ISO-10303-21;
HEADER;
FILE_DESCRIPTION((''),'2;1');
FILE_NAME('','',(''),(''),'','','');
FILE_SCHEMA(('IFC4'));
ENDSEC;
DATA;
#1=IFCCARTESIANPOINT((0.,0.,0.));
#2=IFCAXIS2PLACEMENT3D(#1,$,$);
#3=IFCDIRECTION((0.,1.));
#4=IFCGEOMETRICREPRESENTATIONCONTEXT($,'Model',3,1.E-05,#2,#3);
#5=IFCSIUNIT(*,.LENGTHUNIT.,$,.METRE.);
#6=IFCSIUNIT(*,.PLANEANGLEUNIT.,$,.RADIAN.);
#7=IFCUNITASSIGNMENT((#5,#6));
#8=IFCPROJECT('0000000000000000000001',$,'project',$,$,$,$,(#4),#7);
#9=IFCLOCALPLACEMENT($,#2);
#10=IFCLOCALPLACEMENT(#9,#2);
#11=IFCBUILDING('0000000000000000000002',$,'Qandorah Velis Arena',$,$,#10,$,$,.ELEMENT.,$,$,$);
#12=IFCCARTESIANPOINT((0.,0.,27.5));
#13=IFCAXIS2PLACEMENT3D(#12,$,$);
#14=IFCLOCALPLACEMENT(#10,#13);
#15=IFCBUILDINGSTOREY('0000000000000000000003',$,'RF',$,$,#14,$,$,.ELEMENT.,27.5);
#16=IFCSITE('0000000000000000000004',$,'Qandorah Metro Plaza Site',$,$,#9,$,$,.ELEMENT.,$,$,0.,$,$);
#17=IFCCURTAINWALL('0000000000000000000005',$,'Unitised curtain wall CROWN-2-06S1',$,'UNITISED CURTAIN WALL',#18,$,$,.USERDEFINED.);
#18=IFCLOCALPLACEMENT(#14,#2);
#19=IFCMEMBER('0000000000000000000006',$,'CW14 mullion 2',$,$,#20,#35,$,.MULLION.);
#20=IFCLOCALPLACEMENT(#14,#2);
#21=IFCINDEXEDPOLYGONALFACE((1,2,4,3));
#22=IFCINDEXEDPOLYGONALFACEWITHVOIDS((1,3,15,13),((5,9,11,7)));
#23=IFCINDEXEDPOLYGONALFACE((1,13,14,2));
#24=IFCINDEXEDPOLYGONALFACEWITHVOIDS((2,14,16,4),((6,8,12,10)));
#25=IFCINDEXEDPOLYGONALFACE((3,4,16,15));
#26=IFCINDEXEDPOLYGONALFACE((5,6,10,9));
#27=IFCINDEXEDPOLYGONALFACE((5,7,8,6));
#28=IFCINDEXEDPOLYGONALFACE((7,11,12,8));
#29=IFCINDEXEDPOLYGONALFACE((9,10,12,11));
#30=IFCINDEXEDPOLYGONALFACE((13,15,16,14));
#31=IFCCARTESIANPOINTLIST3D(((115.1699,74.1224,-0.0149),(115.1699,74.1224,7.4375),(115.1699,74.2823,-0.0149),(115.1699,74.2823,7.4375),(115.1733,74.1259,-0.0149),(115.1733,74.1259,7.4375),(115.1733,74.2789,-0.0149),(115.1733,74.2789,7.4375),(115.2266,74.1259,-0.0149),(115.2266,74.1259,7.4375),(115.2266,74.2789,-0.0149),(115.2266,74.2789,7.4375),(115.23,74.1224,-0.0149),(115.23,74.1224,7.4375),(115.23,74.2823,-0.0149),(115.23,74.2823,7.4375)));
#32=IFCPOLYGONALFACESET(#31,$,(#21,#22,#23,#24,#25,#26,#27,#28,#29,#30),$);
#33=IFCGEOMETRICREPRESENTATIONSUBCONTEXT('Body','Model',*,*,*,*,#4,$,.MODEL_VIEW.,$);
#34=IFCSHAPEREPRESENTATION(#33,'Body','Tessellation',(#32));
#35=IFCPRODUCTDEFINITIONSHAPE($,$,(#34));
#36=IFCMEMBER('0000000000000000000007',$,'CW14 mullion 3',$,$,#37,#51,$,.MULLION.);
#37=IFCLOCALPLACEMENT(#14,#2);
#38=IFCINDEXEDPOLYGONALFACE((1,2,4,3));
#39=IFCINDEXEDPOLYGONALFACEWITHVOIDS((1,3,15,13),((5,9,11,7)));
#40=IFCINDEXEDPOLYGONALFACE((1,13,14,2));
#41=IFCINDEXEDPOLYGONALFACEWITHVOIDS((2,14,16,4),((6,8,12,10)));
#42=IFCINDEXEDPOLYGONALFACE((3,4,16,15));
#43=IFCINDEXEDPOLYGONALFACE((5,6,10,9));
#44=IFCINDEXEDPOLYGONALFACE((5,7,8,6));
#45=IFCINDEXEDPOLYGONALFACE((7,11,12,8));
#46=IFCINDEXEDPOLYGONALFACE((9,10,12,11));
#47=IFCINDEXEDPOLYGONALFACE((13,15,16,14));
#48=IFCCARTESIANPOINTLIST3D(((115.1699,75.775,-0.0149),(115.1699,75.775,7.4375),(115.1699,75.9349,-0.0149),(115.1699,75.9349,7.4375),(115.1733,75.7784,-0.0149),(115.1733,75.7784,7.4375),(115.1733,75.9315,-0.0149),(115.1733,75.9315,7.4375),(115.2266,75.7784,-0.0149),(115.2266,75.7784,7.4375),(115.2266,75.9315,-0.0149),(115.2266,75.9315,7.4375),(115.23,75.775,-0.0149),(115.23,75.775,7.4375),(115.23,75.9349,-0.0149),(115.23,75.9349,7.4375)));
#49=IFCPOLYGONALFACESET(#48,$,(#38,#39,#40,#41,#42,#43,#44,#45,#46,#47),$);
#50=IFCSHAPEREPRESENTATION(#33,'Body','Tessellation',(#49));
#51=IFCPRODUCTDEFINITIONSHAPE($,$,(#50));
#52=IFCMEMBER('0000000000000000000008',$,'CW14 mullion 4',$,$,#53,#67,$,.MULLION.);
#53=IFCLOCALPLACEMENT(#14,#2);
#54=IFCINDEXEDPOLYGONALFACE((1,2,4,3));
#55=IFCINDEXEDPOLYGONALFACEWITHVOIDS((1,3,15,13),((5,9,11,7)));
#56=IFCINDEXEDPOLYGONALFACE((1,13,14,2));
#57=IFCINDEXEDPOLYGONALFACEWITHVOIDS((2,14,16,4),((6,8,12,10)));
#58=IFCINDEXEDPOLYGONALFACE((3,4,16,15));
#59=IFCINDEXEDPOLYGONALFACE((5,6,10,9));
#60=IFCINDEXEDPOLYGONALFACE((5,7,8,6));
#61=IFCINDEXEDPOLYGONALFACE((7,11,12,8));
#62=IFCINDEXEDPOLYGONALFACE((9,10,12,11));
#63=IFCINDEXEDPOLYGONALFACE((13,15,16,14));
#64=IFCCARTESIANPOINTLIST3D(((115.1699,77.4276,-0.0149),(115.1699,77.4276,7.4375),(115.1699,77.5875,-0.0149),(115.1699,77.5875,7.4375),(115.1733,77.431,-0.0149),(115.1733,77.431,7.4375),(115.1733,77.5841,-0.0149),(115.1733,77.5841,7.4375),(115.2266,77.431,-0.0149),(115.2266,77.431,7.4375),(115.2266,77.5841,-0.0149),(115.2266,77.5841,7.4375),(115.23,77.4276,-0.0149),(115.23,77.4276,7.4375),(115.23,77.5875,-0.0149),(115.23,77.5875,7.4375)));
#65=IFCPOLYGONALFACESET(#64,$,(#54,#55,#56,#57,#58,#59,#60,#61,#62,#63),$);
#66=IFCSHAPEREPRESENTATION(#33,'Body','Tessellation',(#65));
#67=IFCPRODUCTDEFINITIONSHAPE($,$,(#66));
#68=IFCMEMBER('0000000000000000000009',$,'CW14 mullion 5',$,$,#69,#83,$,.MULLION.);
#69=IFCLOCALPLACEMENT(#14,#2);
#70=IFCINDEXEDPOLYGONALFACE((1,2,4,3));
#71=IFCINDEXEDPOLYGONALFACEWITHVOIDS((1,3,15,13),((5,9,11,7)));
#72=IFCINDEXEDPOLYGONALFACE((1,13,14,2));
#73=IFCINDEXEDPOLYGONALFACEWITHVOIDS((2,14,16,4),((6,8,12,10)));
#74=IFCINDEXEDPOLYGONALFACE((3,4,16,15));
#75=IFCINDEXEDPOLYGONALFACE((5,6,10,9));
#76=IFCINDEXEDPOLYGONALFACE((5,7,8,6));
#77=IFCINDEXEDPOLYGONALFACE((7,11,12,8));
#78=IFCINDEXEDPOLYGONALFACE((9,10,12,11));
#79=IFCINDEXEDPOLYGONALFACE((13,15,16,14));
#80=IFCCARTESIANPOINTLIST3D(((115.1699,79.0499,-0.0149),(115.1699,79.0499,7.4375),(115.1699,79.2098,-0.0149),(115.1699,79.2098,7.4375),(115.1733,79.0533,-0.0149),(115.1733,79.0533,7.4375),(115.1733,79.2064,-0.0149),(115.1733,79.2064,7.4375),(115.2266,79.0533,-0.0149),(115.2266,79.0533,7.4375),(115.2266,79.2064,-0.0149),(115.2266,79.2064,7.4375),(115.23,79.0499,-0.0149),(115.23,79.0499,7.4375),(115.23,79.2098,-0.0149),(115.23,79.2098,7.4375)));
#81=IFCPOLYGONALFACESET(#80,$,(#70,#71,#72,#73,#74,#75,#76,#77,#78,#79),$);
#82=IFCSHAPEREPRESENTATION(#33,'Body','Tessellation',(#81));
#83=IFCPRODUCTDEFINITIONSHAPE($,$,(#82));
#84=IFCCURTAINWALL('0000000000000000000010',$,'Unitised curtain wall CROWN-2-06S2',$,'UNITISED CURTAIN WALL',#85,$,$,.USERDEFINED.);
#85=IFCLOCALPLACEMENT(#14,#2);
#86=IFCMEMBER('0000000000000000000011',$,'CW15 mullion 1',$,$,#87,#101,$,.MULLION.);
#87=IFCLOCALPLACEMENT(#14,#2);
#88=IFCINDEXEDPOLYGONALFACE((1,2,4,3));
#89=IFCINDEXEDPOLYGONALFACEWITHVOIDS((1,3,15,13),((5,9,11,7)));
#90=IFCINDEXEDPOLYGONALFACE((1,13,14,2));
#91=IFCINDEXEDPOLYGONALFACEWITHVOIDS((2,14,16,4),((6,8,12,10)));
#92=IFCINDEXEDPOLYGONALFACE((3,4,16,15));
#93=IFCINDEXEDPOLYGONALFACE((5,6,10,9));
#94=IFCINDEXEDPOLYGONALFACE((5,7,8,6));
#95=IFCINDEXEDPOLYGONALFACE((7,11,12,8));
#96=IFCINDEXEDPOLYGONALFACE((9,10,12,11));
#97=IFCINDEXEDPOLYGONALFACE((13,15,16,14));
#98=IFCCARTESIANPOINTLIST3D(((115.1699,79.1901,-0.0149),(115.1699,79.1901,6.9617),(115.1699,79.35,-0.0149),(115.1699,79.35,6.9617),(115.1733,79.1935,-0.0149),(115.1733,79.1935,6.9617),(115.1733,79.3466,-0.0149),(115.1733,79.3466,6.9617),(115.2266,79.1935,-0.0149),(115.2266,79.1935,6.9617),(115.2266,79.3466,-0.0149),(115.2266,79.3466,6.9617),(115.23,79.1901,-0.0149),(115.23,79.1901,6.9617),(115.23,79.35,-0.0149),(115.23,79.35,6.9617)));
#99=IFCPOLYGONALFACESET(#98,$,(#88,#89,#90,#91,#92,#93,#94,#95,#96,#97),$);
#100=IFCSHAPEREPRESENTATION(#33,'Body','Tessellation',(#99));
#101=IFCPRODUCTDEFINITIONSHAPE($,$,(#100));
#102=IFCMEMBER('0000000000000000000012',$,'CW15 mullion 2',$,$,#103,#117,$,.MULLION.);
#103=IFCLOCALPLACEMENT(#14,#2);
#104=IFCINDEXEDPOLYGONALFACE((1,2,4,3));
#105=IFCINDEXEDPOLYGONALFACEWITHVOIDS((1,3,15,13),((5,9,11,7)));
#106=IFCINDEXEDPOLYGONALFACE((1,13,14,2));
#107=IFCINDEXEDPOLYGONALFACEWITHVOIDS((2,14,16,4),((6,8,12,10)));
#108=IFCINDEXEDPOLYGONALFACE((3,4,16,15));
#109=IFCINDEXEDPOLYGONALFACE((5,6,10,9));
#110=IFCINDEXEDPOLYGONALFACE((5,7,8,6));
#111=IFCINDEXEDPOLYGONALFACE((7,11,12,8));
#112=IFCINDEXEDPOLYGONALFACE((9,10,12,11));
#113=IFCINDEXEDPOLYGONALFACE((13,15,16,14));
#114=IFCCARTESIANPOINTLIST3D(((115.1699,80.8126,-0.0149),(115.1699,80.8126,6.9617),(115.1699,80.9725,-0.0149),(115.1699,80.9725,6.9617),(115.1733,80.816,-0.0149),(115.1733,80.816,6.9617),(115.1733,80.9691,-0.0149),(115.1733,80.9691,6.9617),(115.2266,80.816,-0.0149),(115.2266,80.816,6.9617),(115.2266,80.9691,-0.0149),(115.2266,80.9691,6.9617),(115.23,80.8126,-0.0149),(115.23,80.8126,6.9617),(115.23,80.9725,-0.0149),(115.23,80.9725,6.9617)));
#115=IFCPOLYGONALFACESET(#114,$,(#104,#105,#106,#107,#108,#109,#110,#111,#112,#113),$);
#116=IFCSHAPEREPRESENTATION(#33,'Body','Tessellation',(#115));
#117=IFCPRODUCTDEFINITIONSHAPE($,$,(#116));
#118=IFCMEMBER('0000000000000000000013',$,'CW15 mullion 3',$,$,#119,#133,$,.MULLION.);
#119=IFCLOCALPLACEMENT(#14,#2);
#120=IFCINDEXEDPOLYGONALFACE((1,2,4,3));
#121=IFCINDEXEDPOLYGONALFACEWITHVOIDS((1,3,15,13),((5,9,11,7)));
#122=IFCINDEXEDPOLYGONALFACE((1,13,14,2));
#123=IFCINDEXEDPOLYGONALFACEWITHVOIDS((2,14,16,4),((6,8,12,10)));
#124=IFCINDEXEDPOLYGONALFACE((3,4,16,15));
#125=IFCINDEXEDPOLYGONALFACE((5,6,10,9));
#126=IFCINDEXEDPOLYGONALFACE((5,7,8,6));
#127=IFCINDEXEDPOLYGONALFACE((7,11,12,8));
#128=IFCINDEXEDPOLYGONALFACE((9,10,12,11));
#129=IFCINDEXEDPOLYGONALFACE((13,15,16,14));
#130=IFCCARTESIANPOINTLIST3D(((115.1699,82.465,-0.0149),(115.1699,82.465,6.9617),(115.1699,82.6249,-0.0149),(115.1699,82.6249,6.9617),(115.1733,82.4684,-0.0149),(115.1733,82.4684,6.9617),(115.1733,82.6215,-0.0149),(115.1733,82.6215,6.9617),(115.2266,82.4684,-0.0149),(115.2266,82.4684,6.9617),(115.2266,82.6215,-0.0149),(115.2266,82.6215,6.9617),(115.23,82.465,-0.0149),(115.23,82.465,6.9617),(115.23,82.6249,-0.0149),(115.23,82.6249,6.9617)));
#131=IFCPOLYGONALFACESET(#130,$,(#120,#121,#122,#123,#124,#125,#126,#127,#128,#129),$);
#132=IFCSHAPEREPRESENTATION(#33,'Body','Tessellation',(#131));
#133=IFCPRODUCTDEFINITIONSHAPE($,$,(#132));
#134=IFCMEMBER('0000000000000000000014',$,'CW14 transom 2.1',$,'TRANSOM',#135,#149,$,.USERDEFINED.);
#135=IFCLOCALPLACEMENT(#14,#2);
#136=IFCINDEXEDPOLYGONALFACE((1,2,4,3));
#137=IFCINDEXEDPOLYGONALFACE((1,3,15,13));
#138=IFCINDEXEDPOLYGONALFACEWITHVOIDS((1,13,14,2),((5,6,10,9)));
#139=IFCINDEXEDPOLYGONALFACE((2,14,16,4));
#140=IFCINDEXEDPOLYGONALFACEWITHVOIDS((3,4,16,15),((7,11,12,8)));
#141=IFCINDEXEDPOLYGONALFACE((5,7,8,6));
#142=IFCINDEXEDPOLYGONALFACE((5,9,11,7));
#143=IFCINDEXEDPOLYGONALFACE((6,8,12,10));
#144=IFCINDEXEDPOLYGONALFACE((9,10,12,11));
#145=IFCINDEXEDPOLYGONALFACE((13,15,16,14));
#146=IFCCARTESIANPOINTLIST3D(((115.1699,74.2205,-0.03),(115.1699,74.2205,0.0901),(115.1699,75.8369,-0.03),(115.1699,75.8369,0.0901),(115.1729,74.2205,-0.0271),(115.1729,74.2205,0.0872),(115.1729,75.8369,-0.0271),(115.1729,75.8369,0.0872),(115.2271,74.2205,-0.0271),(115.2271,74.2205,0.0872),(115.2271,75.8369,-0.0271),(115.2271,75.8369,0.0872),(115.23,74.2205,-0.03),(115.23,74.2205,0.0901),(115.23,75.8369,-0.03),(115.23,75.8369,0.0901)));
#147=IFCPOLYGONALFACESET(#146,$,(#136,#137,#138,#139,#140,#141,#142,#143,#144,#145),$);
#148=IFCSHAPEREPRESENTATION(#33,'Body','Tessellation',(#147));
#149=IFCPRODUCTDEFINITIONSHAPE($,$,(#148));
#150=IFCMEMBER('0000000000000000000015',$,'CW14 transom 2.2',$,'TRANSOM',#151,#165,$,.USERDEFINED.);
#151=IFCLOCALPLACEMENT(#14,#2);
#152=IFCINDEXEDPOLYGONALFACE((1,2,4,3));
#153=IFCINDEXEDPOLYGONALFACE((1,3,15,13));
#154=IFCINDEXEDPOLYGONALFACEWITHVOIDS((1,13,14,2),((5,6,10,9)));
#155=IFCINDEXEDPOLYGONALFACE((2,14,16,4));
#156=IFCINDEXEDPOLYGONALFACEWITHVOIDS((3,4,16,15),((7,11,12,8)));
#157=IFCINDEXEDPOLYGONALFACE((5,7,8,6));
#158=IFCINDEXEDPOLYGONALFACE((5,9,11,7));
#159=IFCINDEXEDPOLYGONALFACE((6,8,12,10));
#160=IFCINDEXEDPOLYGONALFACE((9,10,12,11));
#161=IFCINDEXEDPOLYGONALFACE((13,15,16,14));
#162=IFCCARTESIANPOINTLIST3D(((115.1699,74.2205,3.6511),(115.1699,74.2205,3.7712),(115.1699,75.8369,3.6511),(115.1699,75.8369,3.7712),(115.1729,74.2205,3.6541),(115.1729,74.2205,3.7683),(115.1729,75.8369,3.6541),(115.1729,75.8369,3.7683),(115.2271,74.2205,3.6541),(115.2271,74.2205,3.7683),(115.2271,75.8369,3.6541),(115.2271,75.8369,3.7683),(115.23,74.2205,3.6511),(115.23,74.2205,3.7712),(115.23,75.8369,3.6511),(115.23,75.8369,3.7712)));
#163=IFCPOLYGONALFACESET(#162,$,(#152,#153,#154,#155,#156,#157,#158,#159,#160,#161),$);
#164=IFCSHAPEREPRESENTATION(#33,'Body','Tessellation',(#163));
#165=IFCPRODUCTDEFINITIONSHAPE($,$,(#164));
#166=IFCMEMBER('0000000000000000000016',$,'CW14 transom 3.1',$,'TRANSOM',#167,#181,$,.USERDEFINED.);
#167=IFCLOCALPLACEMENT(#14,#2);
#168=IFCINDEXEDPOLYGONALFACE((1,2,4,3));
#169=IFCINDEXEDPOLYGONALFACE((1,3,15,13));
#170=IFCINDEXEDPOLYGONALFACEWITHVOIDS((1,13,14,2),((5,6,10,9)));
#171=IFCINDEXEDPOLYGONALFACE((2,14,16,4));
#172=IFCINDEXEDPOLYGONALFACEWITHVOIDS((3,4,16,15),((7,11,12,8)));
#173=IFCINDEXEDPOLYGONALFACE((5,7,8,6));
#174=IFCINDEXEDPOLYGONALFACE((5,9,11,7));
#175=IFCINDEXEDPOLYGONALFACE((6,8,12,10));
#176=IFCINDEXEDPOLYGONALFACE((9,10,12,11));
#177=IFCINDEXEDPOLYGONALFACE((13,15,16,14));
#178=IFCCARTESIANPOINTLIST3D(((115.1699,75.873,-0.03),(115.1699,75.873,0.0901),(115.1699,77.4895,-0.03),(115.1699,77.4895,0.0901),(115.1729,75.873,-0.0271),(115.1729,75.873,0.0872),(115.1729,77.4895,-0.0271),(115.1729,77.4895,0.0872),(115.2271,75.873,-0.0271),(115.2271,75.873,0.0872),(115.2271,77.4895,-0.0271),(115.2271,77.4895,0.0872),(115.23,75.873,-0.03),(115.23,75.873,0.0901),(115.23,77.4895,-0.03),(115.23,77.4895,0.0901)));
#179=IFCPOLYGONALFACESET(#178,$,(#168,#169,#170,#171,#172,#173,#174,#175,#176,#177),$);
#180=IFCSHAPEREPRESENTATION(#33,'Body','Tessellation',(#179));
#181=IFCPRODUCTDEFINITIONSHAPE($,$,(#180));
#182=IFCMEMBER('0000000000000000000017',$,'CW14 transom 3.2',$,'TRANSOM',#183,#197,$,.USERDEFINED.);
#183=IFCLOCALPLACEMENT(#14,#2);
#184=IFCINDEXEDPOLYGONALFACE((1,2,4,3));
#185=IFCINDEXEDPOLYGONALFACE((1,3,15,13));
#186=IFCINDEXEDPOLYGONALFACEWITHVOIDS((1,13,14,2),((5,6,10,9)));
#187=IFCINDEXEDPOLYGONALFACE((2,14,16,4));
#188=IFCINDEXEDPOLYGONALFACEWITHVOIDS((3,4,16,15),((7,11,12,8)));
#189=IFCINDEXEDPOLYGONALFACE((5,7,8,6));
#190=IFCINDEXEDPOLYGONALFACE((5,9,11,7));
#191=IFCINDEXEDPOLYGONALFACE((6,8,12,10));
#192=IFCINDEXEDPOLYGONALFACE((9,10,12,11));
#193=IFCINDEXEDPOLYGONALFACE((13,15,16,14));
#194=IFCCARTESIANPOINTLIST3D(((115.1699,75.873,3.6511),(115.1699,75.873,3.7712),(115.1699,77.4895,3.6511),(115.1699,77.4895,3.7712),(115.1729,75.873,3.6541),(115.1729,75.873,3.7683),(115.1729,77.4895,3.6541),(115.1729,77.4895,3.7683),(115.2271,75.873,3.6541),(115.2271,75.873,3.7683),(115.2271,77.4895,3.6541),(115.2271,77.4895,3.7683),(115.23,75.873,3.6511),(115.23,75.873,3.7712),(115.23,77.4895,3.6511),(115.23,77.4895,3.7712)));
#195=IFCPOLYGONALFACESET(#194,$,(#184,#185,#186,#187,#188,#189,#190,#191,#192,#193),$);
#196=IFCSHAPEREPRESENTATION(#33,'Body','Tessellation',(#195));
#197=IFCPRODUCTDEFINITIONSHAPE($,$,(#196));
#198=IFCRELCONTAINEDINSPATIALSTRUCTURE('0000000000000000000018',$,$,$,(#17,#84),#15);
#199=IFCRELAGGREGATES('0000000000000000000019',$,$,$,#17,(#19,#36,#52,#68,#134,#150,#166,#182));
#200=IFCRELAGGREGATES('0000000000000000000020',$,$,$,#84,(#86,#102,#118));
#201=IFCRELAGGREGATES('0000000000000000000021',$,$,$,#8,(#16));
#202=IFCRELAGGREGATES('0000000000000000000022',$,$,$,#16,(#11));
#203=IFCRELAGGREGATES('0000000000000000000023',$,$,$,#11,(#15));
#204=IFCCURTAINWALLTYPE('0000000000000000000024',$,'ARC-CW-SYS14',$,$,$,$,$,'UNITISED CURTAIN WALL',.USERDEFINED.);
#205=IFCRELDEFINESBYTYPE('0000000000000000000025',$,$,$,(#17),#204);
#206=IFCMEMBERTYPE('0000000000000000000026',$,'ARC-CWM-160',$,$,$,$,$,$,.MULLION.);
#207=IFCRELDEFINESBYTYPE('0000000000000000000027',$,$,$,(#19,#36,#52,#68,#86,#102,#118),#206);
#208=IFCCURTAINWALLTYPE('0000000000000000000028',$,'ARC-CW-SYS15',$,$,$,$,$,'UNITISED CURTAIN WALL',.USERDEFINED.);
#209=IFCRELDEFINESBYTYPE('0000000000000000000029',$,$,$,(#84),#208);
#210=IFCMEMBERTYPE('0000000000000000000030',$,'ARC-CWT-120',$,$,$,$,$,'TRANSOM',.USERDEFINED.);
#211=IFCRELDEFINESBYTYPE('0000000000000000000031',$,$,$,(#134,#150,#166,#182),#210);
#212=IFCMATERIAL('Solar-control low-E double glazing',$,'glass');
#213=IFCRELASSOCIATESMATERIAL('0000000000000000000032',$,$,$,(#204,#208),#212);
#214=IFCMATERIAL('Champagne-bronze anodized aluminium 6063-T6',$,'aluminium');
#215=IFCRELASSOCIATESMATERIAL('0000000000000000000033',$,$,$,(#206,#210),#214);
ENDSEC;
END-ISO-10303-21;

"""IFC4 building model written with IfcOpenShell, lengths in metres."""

from ifc_helpers import new_model, si_unit, direction, frame, origin, origin_2d, place, context, subcontext, project, spatial, hollow_rectangle, extrude, material, material_profile, profile_set, type_object, element, aggregate, save


model = new_model("IFC4")

# Units and contexts
model_context = context("Model", 3, precision=1e-05, world=origin(), true_north=direction((0.0, 1.0)))
body_context = subcontext(model_context, "Body", "Model", "MODEL_VIEW")
ifc_project = project(units=[si_unit("LENGTHUNIT", "METRE"), si_unit("PLANEANGLEUNIT", "RADIAN")], contexts=[model_context])

# Site, building, storey
site_placement = place(None, origin())
site = spatial("IfcSite", under=ifc_project, at=site_placement, Name="Qandorah Metro Plaza Site", CompositionType="ELEMENT", RefElevation=0.0)
building_placement = place(site_placement, origin())
building = spatial("IfcBuilding", under=site, at=building_placement, Name="Qandorah Velis Arena", CompositionType="ELEMENT")
storey_placement = place(building_placement, frame((0.0, 0.0, 27.5)))
storey = spatial("IfcBuildingStorey", under=building, at=storey_placement, Name="RF", CompositionType="ELEMENT", Elevation=27.5)

# Curtain walls, members
ifc_material_1 = material(Name="Solar-control low-E double glazing", Category="glass")
curtain_wall_type_1 = type_object("IfcCurtainWallType", Name="ARC-CW-SYS14", ElementType="UNITISED CURTAIN WALL", PredefinedType="USERDEFINED", material=ifc_material_1)
curtain_wall_1_placement = place(storey_placement, origin())
curtain_wall_1 = element("IfcCurtainWall", 1, at=curtain_wall_1_placement, inside=storey, type_object=curtain_wall_type_1, Name="Unitised curtain wall CROWN-2-06S1", ObjectType="UNITISED CURTAIN WALL", PredefinedType="USERDEFINED")
ifc_material_2 = material(Name="Champagne-bronze anodized aluminium 6063-T6", Category="aluminium")
ifc_material_profile_1 = material_profile(ifc_material_2, hollow_rectangle(XDim=0.0601, YDim=0.1599, WallThickness=0.0034, at=origin_2d()), Name="ALU MULLION 60x160")
ifc_profile_set_1 = profile_set([ifc_material_profile_1], Name="Champagne-bronze anodized aluminium 6063-T6")
member_type_1 = type_object("IfcMemberType", Name="ARC-CWM-160", PredefinedType="MULLION", material=ifc_profile_set_1)
member_1_placement = place(storey_placement, frame((115.2, 74.2024, -0.0149), z_axis=(0.0, 0.0, 1.0), x_axis=(-1.0, 0.0, 0.0)))
member_1 = element("IfcMember", 2, at=member_1_placement, type_object=member_type_1, Name="CW14 mullion 2", PredefinedType="MULLION", context=body_context, shape_type="SweptSolid", body=[
    extrude(hollow_rectangle(XDim=0.0601, YDim=0.1599, WallThickness=0.0034, at=origin_2d()), origin(), (0.0, 0.0, 1.0), 7.4524),
])
member_2_placement = place(storey_placement, frame((115.2, 75.855, -0.0149), z_axis=(0.0, 0.0, 1.0), x_axis=(-1.0, 0.0, 0.0)))
member_2 = element("IfcMember", 3, at=member_2_placement, type_object=member_type_1, Name="CW14 mullion 3", PredefinedType="MULLION", context=body_context, shape_type="SweptSolid", body=[
    extrude(hollow_rectangle(XDim=0.0601, YDim=0.1599, WallThickness=0.0034, at=origin_2d()), origin(), (0.0, 0.0, 1.0), 7.4524),
])
member_3_placement = place(storey_placement, frame((115.2, 77.5076, -0.0149), z_axis=(0.0, 0.0, 1.0), x_axis=(-1.0, 0.0, 0.0)))
member_3 = element("IfcMember", 4, at=member_3_placement, type_object=member_type_1, Name="CW14 mullion 4", PredefinedType="MULLION", context=body_context, shape_type="SweptSolid", body=[
    extrude(hollow_rectangle(XDim=0.0601, YDim=0.1599, WallThickness=0.0034, at=origin_2d()), origin(), (0.0, 0.0, 1.0), 7.4524),
])
member_4_placement = place(storey_placement, frame((115.2, 79.1299, -0.0149), z_axis=(0.0, 0.0, 1.0), x_axis=(-1.0, 0.0, 0.0)))
member_4 = element("IfcMember", 5, at=member_4_placement, type_object=member_type_1, Name="CW14 mullion 5", PredefinedType="MULLION", context=body_context, shape_type="SweptSolid", body=[
    extrude(hollow_rectangle(XDim=0.0601, YDim=0.1599, WallThickness=0.0034, at=origin_2d()), origin(), (0.0, 0.0, 1.0), 7.4524),
])
curtain_wall_type_2 = type_object("IfcCurtainWallType", Name="ARC-CW-SYS15", ElementType="UNITISED CURTAIN WALL", PredefinedType="USERDEFINED", material=ifc_material_1)
curtain_wall_2_placement = place(storey_placement, origin())
curtain_wall_2 = element("IfcCurtainWall", 6, at=curtain_wall_2_placement, inside=storey, type_object=curtain_wall_type_2, Name="Unitised curtain wall CROWN-2-06S2", ObjectType="UNITISED CURTAIN WALL", PredefinedType="USERDEFINED")
member_5_placement = place(storey_placement, frame((115.2, 79.27, -0.0149), z_axis=(0.0, 0.0, 1.0), x_axis=(-1.0, 0.0, 0.0)))
member_5 = element("IfcMember", 7, at=member_5_placement, type_object=member_type_1, Name="CW15 mullion 1", PredefinedType="MULLION", context=body_context, shape_type="SweptSolid", body=[
    extrude(hollow_rectangle(XDim=0.0601, YDim=0.1599, WallThickness=0.0034, at=origin_2d()), origin(), (0.0, 0.0, 1.0), 6.9766),
])
member_6_placement = place(storey_placement, frame((115.2, 80.8926, -0.0149), z_axis=(0.0, 0.0, 1.0), x_axis=(-1.0, 0.0, 0.0)))
member_6 = element("IfcMember", 8, at=member_6_placement, type_object=member_type_1, Name="CW15 mullion 2", PredefinedType="MULLION", context=body_context, shape_type="SweptSolid", body=[
    extrude(hollow_rectangle(XDim=0.0601, YDim=0.1599, WallThickness=0.0034, at=origin_2d()), origin(), (0.0, 0.0, 1.0), 6.9766),
])
member_7_placement = place(storey_placement, frame((115.2, 82.5449, -0.0149), z_axis=(0.0, 0.0, 1.0), x_axis=(-1.0, 0.0, 0.0)))
member_7 = element("IfcMember", 9, at=member_7_placement, type_object=member_type_1, Name="CW15 mullion 3", PredefinedType="MULLION", context=body_context, shape_type="SweptSolid", body=[
    extrude(hollow_rectangle(XDim=0.0601, YDim=0.1599, WallThickness=0.0034, at=origin_2d()), origin(), (0.0, 0.0, 1.0), 6.9766),
])

# Members
ifc_material_profile_2 = material_profile(ifc_material_2, hollow_rectangle(XDim=0.0601, YDim=0.1201, WallThickness=0.0029, at=origin_2d()), Name="ALU TRANSOM 60x120")
ifc_profile_set_2 = profile_set([ifc_material_profile_2], Name="Champagne-bronze anodized aluminium 6063-T6")
member_type_2 = type_object("IfcMemberType", Name="ARC-CWT-120", ElementType="TRANSOM", PredefinedType="USERDEFINED", material=ifc_profile_set_2)
member_8_placement = place(storey_placement, frame((115.2, 74.2205, 0.03), z_axis=(0.0, 1.0, 0.0), x_axis=(-1.0, 0.0, 0.0)))
member_8 = element("IfcMember", 10, at=member_8_placement, type_object=member_type_2, Name="CW14 transom 2.1", ObjectType="TRANSOM", PredefinedType="USERDEFINED", context=body_context, shape_type="SweptSolid", body=[
    extrude(hollow_rectangle(XDim=0.0601, YDim=0.1201, WallThickness=0.0029, at=origin_2d()), origin(), (0.0, 0.0, 1.0), 1.6165),
])
member_9_placement = place(storey_placement, frame((115.2, 74.2205, 3.7112), z_axis=(0.0, 1.0, 0.0), x_axis=(-1.0, 0.0, 0.0)))
member_9 = element("IfcMember", 11, at=member_9_placement, type_object=member_type_2, Name="CW14 transom 2.2", ObjectType="TRANSOM", PredefinedType="USERDEFINED", context=body_context, shape_type="SweptSolid", body=[
    extrude(hollow_rectangle(XDim=0.0601, YDim=0.1201, WallThickness=0.0029, at=origin_2d()), origin(), (0.0, 0.0, 1.0), 1.6165),
])
member_10_placement = place(storey_placement, frame((115.2, 75.873, 0.03), z_axis=(0.0, 1.0, 0.0), x_axis=(-1.0, 0.0, 0.0)))
member_10 = element("IfcMember", 12, at=member_10_placement, type_object=member_type_2, Name="CW14 transom 3.1", ObjectType="TRANSOM", PredefinedType="USERDEFINED", context=body_context, shape_type="SweptSolid", body=[
    extrude(hollow_rectangle(XDim=0.0601, YDim=0.1201, WallThickness=0.0029, at=origin_2d()), origin(), (0.0, 0.0, 1.0), 1.6165),
])
member_11_placement = place(storey_placement, frame((115.2, 75.873, 3.7112), z_axis=(0.0, 1.0, 0.0), x_axis=(-1.0, 0.0, 0.0)))
member_11 = element("IfcMember", 13, at=member_11_placement, type_object=member_type_2, Name="CW14 transom 3.2", ObjectType="TRANSOM", PredefinedType="USERDEFINED", context=body_context, shape_type="SweptSolid", body=[
    extrude(hollow_rectangle(XDim=0.0601, YDim=0.1201, WallThickness=0.0029, at=origin_2d()), origin(), (0.0, 0.0, 1.0), 1.6165),
])

aggregate(curtain_wall_1, [member_1, member_2, member_3, member_4, member_8, member_9, member_10, member_11])
aggregate(curtain_wall_2, [member_5, member_6, member_7])

save(model, "model.ifc")
